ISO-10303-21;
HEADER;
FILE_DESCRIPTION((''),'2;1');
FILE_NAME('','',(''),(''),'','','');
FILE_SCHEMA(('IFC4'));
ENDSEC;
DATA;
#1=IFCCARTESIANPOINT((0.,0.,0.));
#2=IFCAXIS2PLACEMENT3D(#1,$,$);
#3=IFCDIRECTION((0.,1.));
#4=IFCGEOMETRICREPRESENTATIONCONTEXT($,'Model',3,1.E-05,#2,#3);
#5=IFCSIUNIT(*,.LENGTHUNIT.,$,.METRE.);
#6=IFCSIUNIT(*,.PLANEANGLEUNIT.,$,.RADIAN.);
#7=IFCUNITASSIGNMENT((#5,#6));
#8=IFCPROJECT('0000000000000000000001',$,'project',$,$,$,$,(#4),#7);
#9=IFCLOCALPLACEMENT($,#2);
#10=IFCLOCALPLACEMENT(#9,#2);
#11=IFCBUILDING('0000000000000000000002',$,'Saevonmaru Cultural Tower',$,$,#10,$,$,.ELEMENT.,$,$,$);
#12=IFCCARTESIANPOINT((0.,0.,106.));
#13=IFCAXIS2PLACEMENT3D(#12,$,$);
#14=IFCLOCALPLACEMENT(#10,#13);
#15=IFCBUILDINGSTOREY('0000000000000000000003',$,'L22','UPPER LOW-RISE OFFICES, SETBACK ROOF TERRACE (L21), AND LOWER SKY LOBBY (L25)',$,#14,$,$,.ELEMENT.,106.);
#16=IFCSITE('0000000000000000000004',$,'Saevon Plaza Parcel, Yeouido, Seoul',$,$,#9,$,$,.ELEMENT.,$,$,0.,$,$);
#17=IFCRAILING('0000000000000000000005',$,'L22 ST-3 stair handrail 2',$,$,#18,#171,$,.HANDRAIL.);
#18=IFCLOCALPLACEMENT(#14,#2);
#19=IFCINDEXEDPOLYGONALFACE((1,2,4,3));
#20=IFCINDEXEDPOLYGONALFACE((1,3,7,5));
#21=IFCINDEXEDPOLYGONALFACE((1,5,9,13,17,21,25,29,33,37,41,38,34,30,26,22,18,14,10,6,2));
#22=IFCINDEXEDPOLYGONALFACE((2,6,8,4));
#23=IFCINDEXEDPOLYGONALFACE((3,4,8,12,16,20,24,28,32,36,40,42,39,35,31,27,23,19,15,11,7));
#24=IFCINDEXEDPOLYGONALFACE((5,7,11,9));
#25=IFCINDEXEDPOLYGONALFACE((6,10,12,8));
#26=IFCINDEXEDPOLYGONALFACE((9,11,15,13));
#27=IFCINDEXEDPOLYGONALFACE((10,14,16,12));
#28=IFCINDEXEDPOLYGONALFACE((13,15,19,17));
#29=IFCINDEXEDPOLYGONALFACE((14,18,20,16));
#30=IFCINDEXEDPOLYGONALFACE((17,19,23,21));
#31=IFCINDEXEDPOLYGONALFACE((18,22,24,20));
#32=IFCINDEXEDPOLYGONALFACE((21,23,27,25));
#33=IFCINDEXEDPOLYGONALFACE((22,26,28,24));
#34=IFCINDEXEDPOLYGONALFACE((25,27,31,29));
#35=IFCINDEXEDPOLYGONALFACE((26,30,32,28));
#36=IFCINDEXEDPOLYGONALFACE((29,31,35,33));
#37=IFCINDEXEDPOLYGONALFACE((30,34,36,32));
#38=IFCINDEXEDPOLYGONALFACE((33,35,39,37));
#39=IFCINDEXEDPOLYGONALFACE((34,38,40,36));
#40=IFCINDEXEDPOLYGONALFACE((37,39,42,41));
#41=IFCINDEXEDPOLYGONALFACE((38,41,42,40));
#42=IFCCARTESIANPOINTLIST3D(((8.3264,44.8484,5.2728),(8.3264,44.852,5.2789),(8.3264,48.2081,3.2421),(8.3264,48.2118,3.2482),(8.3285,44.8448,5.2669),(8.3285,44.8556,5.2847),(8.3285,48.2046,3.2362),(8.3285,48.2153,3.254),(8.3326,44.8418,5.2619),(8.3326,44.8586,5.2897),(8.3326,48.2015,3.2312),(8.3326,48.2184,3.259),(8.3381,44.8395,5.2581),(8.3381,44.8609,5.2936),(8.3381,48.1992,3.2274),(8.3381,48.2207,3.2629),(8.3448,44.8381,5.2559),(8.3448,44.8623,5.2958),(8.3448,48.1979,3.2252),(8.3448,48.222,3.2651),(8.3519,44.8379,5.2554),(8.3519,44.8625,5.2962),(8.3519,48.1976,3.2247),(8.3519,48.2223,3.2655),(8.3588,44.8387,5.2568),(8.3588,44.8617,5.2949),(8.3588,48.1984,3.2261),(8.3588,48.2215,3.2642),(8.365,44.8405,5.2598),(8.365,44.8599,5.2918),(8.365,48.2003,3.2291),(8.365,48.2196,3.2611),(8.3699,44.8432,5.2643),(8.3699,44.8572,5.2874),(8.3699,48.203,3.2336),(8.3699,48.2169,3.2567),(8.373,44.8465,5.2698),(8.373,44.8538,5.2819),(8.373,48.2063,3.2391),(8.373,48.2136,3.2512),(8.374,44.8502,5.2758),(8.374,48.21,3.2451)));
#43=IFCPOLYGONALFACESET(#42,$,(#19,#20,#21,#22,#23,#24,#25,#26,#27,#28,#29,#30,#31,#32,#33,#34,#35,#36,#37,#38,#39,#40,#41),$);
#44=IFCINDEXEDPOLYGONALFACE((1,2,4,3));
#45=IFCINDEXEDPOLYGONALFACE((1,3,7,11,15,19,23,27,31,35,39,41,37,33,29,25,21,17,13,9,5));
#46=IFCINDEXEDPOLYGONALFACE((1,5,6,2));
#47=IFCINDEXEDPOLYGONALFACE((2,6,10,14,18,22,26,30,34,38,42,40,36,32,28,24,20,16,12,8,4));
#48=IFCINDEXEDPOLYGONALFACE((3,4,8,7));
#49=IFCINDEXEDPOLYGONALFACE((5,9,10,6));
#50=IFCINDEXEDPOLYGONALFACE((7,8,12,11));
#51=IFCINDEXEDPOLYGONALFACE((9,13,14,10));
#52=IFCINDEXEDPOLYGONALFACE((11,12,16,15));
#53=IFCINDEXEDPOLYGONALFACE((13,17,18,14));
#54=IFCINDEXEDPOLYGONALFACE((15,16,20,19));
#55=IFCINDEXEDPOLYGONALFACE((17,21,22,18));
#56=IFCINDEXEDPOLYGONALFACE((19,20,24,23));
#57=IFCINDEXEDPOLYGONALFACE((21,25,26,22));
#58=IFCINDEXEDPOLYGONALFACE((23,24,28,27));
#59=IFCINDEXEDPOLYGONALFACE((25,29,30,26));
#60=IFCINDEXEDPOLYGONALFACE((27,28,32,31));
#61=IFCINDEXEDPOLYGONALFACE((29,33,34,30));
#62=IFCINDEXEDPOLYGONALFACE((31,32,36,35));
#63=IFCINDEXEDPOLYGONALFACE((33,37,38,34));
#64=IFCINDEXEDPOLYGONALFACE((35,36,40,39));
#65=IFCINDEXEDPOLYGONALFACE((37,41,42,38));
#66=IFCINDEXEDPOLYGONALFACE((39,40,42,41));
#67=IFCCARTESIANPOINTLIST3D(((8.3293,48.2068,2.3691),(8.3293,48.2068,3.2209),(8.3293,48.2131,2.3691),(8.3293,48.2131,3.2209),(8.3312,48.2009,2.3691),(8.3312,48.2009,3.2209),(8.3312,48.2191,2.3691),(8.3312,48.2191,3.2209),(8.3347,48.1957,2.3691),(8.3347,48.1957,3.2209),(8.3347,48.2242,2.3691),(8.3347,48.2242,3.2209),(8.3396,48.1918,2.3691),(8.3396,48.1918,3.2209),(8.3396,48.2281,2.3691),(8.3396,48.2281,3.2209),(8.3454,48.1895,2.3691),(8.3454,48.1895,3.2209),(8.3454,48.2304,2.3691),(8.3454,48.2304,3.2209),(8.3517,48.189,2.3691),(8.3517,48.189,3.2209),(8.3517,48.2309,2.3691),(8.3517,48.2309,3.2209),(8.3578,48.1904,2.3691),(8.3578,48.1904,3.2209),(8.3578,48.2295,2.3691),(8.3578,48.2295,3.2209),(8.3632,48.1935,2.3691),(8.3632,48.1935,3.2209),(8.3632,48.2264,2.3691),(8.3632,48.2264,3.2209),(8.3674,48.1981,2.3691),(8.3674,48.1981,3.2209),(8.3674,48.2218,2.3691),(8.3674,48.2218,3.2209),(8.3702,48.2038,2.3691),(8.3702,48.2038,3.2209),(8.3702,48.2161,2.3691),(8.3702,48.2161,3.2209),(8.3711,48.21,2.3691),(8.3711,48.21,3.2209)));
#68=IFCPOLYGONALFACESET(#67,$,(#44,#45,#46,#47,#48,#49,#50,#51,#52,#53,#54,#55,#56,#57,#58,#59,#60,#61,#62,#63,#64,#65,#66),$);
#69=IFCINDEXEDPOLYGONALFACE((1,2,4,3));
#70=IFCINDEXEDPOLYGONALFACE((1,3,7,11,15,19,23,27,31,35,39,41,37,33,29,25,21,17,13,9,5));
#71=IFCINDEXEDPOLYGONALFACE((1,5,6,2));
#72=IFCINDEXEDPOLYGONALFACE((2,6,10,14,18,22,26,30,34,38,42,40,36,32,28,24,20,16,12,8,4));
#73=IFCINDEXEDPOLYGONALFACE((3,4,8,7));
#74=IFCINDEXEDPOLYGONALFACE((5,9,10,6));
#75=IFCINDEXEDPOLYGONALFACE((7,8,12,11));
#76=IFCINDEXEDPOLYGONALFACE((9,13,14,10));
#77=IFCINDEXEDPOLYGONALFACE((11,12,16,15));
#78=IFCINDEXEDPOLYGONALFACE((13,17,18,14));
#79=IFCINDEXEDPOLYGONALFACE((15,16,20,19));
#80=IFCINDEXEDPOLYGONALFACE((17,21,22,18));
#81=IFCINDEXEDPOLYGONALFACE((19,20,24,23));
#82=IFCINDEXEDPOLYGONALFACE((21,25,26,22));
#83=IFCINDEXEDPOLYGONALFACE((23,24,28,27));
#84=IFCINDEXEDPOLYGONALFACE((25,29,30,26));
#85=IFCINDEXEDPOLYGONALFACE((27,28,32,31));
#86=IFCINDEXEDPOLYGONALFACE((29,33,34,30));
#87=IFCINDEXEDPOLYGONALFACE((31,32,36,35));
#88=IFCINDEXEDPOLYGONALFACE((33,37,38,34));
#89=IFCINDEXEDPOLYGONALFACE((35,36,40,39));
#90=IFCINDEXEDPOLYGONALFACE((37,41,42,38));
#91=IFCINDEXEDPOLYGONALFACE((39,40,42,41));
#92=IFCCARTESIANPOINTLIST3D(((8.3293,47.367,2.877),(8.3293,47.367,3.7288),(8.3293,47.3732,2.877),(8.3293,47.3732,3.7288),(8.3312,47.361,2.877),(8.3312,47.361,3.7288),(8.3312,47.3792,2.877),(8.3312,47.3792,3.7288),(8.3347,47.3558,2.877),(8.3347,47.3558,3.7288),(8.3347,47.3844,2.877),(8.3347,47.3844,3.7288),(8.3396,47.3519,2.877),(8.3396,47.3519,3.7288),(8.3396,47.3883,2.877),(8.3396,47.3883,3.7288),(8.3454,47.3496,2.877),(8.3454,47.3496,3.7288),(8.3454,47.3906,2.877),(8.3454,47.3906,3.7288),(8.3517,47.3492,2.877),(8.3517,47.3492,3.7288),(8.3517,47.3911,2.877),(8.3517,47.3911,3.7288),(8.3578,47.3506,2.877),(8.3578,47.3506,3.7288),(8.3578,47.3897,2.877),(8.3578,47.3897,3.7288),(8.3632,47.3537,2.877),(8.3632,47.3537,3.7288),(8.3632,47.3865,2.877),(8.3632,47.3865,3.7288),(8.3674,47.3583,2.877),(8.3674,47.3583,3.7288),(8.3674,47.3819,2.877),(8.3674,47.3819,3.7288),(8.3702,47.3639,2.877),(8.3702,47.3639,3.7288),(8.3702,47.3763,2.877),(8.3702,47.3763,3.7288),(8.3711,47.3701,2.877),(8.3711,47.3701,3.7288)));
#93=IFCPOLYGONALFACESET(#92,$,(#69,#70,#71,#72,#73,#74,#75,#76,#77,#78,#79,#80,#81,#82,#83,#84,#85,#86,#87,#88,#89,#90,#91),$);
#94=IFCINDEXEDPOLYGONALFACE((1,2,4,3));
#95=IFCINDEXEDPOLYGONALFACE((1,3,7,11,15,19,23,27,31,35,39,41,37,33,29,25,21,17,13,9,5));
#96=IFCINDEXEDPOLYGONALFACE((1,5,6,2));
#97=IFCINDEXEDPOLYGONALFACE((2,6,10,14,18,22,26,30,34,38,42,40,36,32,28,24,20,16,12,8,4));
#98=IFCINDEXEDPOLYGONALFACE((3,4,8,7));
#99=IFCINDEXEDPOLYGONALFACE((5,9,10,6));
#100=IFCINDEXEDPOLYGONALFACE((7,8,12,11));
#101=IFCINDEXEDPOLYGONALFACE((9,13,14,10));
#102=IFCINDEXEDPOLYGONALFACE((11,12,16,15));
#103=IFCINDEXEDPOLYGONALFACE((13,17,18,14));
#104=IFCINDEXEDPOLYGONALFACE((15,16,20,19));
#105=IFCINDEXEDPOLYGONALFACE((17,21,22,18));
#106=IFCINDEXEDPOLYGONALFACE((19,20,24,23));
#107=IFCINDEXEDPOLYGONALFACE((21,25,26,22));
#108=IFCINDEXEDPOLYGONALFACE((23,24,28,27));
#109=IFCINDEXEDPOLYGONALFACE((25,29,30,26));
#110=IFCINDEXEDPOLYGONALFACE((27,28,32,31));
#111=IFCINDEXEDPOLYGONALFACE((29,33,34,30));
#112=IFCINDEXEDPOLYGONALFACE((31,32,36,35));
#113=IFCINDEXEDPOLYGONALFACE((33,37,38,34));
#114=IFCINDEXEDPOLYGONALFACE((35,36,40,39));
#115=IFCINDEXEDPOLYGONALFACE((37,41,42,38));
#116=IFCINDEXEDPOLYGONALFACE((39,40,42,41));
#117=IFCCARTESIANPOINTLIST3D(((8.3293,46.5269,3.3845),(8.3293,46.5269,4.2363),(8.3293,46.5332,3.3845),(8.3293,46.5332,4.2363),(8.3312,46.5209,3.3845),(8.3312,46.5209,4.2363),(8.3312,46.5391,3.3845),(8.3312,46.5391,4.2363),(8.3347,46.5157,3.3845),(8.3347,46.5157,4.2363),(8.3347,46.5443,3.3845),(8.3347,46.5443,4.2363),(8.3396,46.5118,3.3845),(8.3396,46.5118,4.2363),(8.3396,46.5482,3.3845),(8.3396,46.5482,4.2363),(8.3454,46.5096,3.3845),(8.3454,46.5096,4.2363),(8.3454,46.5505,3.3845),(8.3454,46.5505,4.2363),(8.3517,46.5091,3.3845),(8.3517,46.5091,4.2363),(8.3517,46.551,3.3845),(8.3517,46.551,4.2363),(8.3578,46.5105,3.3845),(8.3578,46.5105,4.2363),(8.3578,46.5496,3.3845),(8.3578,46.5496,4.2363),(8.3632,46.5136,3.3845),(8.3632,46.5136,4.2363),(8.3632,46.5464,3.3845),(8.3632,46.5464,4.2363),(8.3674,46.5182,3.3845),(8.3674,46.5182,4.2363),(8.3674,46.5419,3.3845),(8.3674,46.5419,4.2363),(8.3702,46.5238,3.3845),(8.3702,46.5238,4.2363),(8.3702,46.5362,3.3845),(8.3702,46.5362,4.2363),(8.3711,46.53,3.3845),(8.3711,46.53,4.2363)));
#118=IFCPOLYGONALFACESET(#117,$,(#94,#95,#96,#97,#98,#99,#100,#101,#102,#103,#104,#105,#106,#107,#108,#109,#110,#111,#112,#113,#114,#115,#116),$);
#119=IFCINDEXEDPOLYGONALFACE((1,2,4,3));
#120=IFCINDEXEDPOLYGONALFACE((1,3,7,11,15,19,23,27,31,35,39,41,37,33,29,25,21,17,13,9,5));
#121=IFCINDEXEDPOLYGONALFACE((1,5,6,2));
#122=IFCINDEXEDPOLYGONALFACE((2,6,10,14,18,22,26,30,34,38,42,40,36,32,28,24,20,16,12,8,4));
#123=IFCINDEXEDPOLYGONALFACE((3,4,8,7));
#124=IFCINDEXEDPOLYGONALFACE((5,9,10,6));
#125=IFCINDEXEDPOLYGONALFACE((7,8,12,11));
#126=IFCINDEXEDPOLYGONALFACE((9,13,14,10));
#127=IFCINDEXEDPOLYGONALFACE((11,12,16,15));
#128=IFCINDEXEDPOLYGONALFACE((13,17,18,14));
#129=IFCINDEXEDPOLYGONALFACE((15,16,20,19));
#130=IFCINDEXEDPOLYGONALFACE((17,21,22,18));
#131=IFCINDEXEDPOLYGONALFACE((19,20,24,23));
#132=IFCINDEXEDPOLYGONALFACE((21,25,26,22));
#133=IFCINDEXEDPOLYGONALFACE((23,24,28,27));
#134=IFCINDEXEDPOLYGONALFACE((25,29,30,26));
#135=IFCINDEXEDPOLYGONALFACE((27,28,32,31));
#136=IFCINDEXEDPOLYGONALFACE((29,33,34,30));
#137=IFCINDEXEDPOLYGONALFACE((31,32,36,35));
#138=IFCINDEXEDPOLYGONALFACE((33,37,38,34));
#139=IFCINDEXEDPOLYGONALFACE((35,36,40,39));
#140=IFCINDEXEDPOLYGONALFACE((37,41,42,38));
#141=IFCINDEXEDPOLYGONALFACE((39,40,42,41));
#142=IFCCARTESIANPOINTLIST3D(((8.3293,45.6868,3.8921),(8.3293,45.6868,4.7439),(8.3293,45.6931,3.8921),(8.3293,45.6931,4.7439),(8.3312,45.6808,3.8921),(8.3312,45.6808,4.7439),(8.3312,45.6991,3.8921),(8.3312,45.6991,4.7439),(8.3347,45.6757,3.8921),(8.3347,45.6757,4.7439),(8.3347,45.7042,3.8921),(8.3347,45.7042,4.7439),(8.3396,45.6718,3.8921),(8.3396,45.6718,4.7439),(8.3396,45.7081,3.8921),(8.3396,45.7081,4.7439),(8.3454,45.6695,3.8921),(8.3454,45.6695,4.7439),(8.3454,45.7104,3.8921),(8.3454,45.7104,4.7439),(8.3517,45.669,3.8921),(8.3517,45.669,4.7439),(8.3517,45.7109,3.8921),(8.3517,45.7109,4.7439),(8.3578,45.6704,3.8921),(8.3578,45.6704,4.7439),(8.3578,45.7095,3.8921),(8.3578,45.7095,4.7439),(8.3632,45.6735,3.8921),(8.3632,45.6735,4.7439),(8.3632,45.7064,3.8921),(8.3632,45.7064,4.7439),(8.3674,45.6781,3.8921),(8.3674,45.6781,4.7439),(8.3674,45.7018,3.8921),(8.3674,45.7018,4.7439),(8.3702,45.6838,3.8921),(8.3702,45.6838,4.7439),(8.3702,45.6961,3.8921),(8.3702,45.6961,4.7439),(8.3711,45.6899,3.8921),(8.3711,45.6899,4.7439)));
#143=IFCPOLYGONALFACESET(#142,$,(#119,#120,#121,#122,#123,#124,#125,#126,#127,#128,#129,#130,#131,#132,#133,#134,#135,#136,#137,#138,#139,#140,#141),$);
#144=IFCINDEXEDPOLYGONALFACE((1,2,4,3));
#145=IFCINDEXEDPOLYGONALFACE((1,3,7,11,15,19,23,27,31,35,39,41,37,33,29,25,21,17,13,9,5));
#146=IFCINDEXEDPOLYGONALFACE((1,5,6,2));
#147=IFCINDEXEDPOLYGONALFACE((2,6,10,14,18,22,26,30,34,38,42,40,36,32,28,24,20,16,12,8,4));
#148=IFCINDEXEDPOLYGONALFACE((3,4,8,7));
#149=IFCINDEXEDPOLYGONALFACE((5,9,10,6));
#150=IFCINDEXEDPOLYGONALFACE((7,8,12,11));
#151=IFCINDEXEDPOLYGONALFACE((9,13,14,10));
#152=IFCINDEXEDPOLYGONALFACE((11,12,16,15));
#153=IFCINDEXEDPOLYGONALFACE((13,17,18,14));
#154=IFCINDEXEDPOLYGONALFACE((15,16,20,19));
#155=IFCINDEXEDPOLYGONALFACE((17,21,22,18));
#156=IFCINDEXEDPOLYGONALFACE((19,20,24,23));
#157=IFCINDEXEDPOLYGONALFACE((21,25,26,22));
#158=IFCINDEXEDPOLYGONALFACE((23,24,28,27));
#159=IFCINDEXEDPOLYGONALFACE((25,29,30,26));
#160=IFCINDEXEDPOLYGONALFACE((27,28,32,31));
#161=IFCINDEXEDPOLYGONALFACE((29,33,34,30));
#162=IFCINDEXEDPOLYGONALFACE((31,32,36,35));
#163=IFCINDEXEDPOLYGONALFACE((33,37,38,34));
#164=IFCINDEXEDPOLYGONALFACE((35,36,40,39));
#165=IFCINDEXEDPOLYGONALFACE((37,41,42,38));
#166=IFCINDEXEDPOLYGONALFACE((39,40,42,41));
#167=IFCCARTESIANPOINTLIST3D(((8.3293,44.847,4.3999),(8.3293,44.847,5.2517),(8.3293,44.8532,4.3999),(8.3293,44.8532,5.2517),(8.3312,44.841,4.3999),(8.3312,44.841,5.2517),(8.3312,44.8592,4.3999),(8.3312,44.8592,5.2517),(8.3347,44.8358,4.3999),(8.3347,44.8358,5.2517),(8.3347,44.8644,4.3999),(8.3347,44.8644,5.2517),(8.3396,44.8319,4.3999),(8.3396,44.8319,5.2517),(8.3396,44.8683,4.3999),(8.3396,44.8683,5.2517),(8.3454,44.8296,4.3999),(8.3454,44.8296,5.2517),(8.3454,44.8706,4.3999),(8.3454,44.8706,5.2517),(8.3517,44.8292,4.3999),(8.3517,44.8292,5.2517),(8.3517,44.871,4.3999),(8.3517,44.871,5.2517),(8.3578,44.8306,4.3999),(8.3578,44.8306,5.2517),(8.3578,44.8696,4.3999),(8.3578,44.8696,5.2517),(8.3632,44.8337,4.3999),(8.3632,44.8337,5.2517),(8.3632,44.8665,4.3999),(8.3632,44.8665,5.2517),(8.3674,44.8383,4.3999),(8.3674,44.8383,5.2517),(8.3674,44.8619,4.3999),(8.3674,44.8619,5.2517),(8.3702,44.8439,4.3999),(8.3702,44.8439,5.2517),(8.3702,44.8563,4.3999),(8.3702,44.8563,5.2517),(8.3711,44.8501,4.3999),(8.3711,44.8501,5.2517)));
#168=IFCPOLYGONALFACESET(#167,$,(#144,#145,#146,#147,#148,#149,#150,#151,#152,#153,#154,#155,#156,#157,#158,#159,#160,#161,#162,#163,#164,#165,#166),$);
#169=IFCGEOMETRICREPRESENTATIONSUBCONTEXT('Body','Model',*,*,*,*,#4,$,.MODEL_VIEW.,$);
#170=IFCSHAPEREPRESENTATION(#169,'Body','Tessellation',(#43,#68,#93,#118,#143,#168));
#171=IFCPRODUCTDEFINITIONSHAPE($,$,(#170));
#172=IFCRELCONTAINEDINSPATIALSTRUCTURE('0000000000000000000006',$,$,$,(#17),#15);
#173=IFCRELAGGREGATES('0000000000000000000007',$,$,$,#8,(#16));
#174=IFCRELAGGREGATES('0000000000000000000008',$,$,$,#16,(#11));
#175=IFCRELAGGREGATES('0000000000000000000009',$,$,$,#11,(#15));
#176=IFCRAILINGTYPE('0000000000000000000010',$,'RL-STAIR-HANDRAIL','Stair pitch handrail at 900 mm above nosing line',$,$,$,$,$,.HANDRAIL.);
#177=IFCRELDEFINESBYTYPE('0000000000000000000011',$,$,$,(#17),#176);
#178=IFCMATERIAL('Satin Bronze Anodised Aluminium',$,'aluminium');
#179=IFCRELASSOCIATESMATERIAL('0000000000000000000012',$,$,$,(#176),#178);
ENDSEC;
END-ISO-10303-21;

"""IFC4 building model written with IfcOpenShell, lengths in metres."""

from ifc_helpers import new_model, si_unit, direction, frame, origin, origin_2d, place, context, subcontext, project, spatial, circle, extrude, material, type_object, element, save


model = new_model("IFC4")

# Units and contexts
model_context = context("Model", 3, precision=1e-05, world=origin(), true_north=direction((0.0, 1.0)))
body_context = subcontext(model_context, "Body", "Model", "MODEL_VIEW")
ifc_project = project(units=[si_unit("LENGTHUNIT", "METRE"), si_unit("PLANEANGLEUNIT", "RADIAN")], contexts=[model_context])

# Site, building, storey
site_placement = place(None, origin())
site = spatial("IfcSite", under=ifc_project, at=site_placement, Name="Saevon Plaza Parcel, Yeouido, Seoul", CompositionType="ELEMENT", RefElevation=0.0)
building_placement = place(site_placement, origin())
building = spatial("IfcBuilding", under=site, at=building_placement, Name="Saevonmaru Cultural Tower", CompositionType="ELEMENT")
storey_placement = place(building_placement, frame((0.0, 0.0, 106.0)))
storey = spatial("IfcBuildingStorey", under=building, at=storey_placement, Name="L22", Description="UPPER LOW-RISE OFFICES, SETBACK ROOF TERRACE (L21), AND LOWER SKY LOBBY (L25)", CompositionType="ELEMENT", Elevation=106.0)

# Shared definitions
ifc_material_1 = material(Name="Satin Bronze Anodised Aluminium", Category="aluminium")

# Railing
railing_type_1 = type_object("IfcRailingType", Name="RL-STAIR-HANDRAIL", Description="Stair pitch handrail at 900 mm above nosing line", PredefinedType="HANDRAIL", material=ifc_material_1)
railing_1_placement = place(storey_placement, frame((8.3501, 48.21, 2.3691)))
element("IfcRailing", 1, at=railing_1_placement, inside=storey, type_object=railing_type_1, Name="L22 ST-3 stair handrail 2", PredefinedType="HANDRAIL", context=body_context, shape_type="SweptSolid", body=[
    extrude(circle(Radius=0.0239, at=origin_2d()), frame((0.0, 0.0, 0.876), z_axis=(0.0, -0.85582, 0.517273), x_axis=(1.0, 0.0, 0.0)), (0.0, 0.0, 1.0), 3.9258),
    extrude(circle(Radius=0.021, at=origin_2d()), origin(), (0.0, 0.0, 1.0), 0.8518),
    extrude(circle(Radius=0.021, at=origin_2d()), frame((0.0, -0.8398, 0.5078)), (0.0, 0.0, 1.0), 0.8518),
    extrude(circle(Radius=0.021, at=origin_2d()), frame((0.0, -1.6799, 1.0154)), (0.0, 0.0, 1.0), 0.8518),
    extrude(circle(Radius=0.021, at=origin_2d()), frame((0.0, -2.52, 1.5229)), (0.0, 0.0, 1.0), 0.8518),
    extrude(circle(Radius=0.021, at=origin_2d()), frame((0.0, -3.3599, 2.0308)), (0.0, 0.0, 1.0), 0.8518),
])

save(model, "model.ifc")
